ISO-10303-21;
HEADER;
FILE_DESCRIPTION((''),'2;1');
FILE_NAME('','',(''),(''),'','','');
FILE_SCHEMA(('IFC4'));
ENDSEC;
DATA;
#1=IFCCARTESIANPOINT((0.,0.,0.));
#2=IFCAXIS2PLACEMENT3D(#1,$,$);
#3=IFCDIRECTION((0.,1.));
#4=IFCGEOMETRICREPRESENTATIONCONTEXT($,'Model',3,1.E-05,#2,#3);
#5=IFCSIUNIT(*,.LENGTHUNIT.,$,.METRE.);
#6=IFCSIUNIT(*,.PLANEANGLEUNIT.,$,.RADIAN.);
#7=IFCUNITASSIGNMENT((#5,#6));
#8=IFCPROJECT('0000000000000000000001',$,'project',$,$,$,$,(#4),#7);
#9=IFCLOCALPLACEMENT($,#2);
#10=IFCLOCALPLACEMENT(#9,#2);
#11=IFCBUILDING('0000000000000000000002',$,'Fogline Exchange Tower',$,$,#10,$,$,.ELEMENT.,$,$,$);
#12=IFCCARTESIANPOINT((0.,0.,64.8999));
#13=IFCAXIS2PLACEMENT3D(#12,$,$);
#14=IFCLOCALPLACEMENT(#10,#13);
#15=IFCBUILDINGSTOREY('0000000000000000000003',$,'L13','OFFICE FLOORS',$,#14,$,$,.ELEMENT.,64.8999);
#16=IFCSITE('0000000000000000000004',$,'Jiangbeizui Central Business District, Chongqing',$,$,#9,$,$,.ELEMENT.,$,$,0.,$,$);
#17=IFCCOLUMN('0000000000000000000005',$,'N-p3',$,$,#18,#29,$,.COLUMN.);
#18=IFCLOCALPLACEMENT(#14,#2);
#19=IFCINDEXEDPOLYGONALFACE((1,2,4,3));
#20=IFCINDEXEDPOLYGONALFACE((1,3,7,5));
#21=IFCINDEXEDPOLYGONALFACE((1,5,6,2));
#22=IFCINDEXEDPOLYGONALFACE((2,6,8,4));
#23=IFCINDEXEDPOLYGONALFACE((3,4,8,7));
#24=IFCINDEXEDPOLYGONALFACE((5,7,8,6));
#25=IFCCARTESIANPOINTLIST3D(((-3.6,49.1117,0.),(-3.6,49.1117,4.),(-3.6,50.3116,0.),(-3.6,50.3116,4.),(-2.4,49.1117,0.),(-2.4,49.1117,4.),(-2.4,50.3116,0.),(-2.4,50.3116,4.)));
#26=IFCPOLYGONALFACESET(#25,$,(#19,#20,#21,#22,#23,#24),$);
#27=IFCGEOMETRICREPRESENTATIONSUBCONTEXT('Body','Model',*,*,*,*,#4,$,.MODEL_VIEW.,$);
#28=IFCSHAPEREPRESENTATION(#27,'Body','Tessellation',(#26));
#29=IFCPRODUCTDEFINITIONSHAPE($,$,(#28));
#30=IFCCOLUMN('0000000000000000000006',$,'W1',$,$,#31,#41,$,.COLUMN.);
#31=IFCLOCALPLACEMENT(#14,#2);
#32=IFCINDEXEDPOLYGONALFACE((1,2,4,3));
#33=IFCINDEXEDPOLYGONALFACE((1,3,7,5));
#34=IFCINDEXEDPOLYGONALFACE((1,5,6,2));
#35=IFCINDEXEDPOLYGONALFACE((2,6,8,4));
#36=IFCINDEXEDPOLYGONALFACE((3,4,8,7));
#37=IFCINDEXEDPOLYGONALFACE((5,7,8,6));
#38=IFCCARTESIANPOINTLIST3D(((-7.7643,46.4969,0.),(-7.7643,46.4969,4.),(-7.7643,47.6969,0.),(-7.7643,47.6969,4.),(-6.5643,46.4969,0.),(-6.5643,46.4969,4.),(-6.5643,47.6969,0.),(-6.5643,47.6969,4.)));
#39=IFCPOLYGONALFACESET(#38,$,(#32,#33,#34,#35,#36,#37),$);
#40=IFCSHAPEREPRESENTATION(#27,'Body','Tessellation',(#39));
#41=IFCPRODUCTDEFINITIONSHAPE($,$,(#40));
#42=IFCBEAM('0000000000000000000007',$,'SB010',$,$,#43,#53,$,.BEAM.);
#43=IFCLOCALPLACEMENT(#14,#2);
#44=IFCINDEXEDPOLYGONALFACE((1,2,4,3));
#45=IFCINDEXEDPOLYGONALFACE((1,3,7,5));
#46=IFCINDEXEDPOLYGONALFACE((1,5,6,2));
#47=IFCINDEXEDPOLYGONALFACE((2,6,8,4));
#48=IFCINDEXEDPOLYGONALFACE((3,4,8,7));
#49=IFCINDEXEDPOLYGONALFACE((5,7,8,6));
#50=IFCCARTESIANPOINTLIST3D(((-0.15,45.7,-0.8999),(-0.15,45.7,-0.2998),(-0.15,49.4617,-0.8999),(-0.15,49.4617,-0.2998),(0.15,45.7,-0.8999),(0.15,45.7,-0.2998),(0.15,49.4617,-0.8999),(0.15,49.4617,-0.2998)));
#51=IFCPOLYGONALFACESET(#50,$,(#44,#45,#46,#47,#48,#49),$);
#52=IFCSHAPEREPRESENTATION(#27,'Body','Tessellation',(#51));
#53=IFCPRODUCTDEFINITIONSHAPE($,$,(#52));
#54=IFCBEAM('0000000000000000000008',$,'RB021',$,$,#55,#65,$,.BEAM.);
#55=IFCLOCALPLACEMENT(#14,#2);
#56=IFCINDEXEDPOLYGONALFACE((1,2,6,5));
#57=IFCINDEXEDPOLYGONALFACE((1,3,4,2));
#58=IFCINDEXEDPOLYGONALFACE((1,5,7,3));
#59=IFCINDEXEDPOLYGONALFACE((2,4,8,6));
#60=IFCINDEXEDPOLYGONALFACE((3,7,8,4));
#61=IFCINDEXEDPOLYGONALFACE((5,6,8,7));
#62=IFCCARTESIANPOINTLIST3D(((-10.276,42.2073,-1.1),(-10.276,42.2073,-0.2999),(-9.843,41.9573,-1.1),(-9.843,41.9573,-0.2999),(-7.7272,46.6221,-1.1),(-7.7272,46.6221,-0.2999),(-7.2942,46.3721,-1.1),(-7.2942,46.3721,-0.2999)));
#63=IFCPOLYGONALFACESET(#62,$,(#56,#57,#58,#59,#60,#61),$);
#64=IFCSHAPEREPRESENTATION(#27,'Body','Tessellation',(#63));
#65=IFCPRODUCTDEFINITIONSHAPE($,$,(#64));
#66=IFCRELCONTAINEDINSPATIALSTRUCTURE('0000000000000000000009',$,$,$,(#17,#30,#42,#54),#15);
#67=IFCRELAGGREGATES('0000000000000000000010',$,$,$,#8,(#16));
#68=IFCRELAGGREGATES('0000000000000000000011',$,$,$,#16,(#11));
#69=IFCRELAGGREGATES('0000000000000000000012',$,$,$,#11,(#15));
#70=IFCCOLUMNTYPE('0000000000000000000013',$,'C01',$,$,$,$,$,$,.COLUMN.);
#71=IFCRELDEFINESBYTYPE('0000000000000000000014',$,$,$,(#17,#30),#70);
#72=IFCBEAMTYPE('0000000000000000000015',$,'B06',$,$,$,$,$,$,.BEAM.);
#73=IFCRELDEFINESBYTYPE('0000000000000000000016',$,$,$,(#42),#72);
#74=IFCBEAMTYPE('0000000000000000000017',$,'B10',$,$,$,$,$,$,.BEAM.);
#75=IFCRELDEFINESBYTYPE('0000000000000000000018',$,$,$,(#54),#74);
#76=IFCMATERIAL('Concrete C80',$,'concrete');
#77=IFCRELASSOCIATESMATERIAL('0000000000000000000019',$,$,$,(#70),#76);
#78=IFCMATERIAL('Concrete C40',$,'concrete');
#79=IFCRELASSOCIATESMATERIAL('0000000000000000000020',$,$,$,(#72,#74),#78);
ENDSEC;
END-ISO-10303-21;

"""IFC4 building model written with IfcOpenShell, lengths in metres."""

from ifc_helpers import new_model, si_unit, direction, frame, origin, origin_2d, place, context, subcontext, project, spatial, rectangle, extrude, material, material_profile, profile_set, type_object, element, save


model = new_model("IFC4")

# Units and contexts
model_context = context("Model", 3, precision=1e-05, world=origin(), true_north=direction((0.0, 1.0)))
body_context = subcontext(model_context, "Body", "Model", "MODEL_VIEW")
ifc_project = project(units=[si_unit("LENGTHUNIT", "METRE"), si_unit("PLANEANGLEUNIT", "RADIAN")], contexts=[model_context])

# Site, building, storey
site_placement = place(None, origin())
site = spatial("IfcSite", under=ifc_project, at=site_placement, Name="Jiangbeizui Central Business District, Chongqing", CompositionType="ELEMENT", RefElevation=0.0)
building_placement = place(site_placement, origin())
building = spatial("IfcBuilding", under=site, at=building_placement, Name="Fogline Exchange Tower", CompositionType="ELEMENT")
storey_placement = place(building_placement, frame((0.0, 0.0, 64.8999)))
storey = spatial("IfcBuildingStorey", under=building, at=storey_placement, Name="L13", Description="OFFICE FLOORS", CompositionType="ELEMENT", Elevation=64.8999)

# Columns
ifc_material_1 = material(Name="Concrete C80", Category="concrete")
ifc_material_profile_1 = material_profile(ifc_material_1, rectangle(XDim=1.2, YDim=1.2, at=origin_2d()), Name="RC 1200x1200")
ifc_profile_set_1 = profile_set([ifc_material_profile_1], Name="Concrete C80")
column_type = type_object("IfcColumnType", Name="C01", PredefinedType="COLUMN", material=ifc_profile_set_1)
for number, where, z_axis, x_axis, name in (
    (1, (-3.0, 49.7117, 0.0), (0.0, 0.0, 1.0), (1.0, 0.0, 0.0), "N-p3"),
    (2, (-7.1643, 47.0969, 0.0), (0.0, 0.0, 1.0), (1.0, 0.0, 0.0), "W1"),
):
    element("IfcColumn", number, at=place(storey_placement, frame(where, z_axis=z_axis, x_axis=x_axis)), inside=storey, type_object=column_type, Name=name, PredefinedType="COLUMN", context=body_context, shape_type="SweptSolid", body=[
        extrude(rectangle(XDim=1.2, YDim=1.2, at=origin_2d()), origin(), (0.0, 0.0, 1.0), 4.0),
    ])

# Beams
ifc_material_2 = material(Name="Concrete C40", Category="concrete")
ifc_material_profile_2 = material_profile(ifc_material_2, rectangle(XDim=0.3, YDim=0.6001, at=origin_2d()), Name="RC 300x600")
ifc_profile_set_2 = profile_set([ifc_material_profile_2], Name="Concrete C40")
beam_type_1 = type_object("IfcBeamType", Name="B06", PredefinedType="BEAM", material=ifc_profile_set_2)
beam_1_placement = place(storey_placement, frame((0.0, 45.7, -0.5999), z_axis=(0.0, 1.0, 0.0), x_axis=(-1.0, 0.0, 0.0)))
element("IfcBeam", 3, at=beam_1_placement, inside=storey, type_object=beam_type_1, Name="SB010", PredefinedType="BEAM", context=body_context, shape_type="SweptSolid", body=[
    extrude(rectangle(XDim=0.3, YDim=0.6001, at=origin_2d()), origin(), (0.0, 0.0, 1.0), 3.7617),
])
ifc_material_profile_3 = material_profile(ifc_material_2, rectangle(XDim=0.5, YDim=0.8, at=origin_2d()), Name="RC 500x800")
ifc_profile_set_3 = profile_set([ifc_material_profile_3], Name="Concrete C40")
beam_type_2 = type_object("IfcBeamType", Name="B10", PredefinedType="BEAM", material=ifc_profile_set_3)
beam_2_placement = place(storey_placement, frame((-7.5107, 46.4971, -0.7), z_axis=(-0.499992, -0.86603, 0.0), x_axis=(0.86603, -0.499992, 0.0)))
element("IfcBeam", 4, at=beam_2_placement, inside=storey, type_object=beam_type_2, Name="RB021", PredefinedType="BEAM", context=body_context, shape_type="SweptSolid", body=[
    extrude(rectangle(XDim=0.5, YDim=0.8, at=origin_2d()), origin(), (0.0, 0.0, 1.0), 5.0977),
])

save(model, "model.ifc")
